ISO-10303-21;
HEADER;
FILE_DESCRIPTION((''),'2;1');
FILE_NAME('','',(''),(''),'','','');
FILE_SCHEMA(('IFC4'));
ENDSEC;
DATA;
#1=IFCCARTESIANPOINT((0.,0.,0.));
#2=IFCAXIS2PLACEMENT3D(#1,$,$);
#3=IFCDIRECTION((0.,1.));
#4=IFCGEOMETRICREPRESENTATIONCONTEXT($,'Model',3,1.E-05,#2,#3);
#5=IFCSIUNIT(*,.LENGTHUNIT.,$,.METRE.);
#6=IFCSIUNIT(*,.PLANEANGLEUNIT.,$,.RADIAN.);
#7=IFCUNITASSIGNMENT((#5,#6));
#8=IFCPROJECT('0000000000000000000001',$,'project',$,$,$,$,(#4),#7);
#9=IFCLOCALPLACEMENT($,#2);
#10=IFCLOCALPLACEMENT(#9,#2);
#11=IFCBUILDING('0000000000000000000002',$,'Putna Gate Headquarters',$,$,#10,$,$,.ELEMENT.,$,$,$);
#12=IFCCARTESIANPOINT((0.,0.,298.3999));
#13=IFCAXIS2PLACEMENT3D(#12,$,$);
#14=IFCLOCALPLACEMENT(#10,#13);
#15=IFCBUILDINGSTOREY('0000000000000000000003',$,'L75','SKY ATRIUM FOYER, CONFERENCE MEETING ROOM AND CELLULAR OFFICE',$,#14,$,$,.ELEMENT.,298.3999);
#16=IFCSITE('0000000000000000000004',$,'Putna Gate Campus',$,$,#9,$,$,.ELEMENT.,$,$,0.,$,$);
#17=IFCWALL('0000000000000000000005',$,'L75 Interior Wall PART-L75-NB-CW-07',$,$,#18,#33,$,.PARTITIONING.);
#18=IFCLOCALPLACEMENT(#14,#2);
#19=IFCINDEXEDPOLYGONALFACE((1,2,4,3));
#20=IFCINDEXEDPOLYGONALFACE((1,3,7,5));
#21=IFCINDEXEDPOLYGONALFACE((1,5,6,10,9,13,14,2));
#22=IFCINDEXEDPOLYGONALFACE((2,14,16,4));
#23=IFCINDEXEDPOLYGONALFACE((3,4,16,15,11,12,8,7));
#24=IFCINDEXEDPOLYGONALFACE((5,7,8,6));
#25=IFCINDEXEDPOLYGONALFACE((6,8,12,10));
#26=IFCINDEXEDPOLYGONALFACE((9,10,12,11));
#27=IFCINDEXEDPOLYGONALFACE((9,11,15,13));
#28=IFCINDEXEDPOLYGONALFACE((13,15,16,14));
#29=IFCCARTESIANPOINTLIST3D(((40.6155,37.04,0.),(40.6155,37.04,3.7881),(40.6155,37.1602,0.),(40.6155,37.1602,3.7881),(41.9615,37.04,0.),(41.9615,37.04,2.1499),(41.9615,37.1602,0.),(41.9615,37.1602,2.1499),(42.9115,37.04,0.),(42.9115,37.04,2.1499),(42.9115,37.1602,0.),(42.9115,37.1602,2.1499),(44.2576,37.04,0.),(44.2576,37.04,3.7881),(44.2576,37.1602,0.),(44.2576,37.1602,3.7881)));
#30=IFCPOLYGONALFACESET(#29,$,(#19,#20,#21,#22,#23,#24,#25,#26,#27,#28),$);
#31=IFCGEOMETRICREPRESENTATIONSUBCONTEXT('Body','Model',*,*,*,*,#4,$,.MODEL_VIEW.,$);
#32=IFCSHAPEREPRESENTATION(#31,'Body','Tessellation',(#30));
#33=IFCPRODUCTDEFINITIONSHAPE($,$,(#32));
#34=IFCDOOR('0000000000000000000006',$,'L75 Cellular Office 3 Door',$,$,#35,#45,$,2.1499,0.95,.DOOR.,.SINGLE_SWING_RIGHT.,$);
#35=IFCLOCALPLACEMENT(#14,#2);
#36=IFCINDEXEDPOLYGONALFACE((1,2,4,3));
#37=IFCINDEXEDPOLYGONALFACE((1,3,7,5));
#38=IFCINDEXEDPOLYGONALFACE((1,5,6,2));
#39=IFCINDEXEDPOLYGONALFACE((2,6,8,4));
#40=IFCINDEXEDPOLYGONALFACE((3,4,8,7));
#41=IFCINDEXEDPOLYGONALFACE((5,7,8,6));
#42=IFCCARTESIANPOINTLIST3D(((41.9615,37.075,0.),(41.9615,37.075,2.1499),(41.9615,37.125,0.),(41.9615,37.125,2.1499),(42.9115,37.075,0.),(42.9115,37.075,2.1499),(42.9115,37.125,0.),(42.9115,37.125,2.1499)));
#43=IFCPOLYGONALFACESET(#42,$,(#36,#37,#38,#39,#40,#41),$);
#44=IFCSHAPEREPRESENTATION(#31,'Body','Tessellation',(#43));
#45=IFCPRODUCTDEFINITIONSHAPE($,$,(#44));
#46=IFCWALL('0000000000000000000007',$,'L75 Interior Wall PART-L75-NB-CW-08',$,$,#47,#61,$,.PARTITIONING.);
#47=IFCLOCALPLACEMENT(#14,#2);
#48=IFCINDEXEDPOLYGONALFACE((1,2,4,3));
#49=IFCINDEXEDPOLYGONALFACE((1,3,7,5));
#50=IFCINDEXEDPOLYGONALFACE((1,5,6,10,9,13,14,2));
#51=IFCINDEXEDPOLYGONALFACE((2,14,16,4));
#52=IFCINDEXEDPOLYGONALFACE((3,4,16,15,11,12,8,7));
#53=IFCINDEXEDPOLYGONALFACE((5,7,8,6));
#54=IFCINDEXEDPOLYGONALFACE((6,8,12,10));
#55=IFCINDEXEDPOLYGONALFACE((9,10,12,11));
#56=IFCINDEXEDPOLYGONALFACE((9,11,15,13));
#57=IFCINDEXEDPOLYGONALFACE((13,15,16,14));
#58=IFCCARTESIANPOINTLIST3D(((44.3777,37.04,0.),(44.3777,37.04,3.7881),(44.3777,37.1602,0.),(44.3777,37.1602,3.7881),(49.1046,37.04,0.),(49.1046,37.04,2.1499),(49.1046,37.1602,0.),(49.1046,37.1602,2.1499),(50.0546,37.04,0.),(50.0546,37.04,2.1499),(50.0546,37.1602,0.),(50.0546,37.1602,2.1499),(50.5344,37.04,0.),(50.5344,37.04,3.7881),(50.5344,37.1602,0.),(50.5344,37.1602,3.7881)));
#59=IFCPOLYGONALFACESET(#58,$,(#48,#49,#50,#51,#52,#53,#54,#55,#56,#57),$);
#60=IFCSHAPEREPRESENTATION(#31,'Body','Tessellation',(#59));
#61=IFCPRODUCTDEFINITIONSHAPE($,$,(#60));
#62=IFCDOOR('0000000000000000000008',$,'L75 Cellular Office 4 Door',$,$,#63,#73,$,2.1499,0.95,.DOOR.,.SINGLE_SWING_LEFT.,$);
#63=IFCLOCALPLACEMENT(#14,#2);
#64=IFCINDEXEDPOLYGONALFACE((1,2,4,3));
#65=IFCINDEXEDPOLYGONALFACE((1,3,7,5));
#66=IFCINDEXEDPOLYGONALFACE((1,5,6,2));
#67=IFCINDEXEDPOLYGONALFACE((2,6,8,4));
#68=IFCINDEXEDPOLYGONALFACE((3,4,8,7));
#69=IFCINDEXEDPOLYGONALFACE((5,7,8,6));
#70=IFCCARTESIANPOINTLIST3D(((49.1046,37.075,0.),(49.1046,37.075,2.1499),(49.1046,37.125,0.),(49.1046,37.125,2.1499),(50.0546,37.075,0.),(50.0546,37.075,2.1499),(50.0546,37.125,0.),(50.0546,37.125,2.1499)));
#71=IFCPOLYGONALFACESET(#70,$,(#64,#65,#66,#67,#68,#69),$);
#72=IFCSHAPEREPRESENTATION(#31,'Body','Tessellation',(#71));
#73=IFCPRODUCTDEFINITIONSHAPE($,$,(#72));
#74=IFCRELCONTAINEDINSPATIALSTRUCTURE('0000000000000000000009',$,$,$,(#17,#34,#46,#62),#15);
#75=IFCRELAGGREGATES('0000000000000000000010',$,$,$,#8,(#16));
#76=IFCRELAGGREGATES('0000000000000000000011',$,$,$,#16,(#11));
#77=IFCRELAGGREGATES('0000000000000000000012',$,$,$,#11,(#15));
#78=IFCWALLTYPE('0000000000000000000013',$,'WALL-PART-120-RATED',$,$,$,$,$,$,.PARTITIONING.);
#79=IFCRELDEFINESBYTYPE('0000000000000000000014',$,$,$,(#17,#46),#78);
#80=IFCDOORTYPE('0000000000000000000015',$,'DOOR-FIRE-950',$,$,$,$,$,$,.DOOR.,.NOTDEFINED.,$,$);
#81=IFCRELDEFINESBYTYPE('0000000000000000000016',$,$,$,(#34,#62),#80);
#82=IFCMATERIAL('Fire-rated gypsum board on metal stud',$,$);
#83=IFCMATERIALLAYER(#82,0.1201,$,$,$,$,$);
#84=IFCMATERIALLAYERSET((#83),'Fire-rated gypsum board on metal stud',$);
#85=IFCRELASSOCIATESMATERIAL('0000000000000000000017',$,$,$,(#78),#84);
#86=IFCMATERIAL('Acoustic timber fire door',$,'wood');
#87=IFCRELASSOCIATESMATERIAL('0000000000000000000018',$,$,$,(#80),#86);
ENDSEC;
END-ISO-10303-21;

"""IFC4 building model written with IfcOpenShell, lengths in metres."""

from ifc_helpers import new_model, si_unit, direction, frame, frame_2d, origin, place, context, subcontext, project, spatial, rectangle, extrude, material, layer, layer_set, type_object, element, fill, save


model = new_model("IFC4")

# Units and contexts
model_context = context("Model", 3, precision=1e-05, world=origin(), true_north=direction((0.0, 1.0)))
body_context = subcontext(model_context, "Body", "Model", "MODEL_VIEW")
ifc_project = project(units=[si_unit("LENGTHUNIT", "METRE"), si_unit("PLANEANGLEUNIT", "RADIAN")], contexts=[model_context])

# Site, building, storey
site_placement = place(None, origin())
site = spatial("IfcSite", under=ifc_project, at=site_placement, Name="Putna Gate Campus", CompositionType="ELEMENT", RefElevation=0.0)
building_placement = place(site_placement, origin())
building = spatial("IfcBuilding", under=site, at=building_placement, Name="Putna Gate Headquarters", CompositionType="ELEMENT")
storey_placement = place(building_placement, frame((0.0, 0.0, 298.3999)))
storey = spatial("IfcBuildingStorey", under=building, at=storey_placement, Name="L75", Description="SKY ATRIUM FOYER, CONFERENCE MEETING ROOM AND CELLULAR OFFICE", CompositionType="ELEMENT", Elevation=298.3999)

# Walls, openings, doors
ifc_material_1 = material(Name="Fire-rated gypsum board on metal stud")
ifc_layer_1 = layer(ifc_material_1, 0.1201)
ifc_layer_set_1 = layer_set([ifc_layer_1], Name="Fire-rated gypsum board on metal stud")
wall_type_1 = type_object("IfcWallType", Name="WALL-PART-120-RATED", PredefinedType="PARTITIONING", material=ifc_layer_set_1)
wall_1_placement = place(storey_placement, frame((40.6155, 37.1001, 0.0), z_axis=(0.0, 0.0, 1.0), x_axis=(1.0, 0.0, 0.0)))
wall_1 = element("IfcWall", 1, at=wall_1_placement, inside=storey, type_object=wall_type_1, Name="L75 Interior Wall PART-L75-NB-CW-07", PredefinedType="PARTITIONING", context=body_context, shape_type="SweptSolid", body=[
    extrude(rectangle(XDim=3.6421, YDim=0.1201, at=frame_2d((1.821, 0.0))), origin(), (0.0, 0.0, 1.0), 3.7881),
])
opening_1_placement = place(wall_1_placement, frame((1.3459, 0.0, 0.0)))
opening_1 = element("IfcOpeningElement", 2, at=opening_1_placement, cuts=wall_1, PredefinedType="OPENING", context=body_context, shape_type="SweptSolid", body=[
    extrude(rectangle(XDim=0.95, YDim=2.1499, at=frame_2d((0.4751, 1.075))), frame((0.0, 0.0701, 0.0), z_axis=(0.0, -1.0, 0.0), x_axis=(1.0, 0.0, 0.0)), (0.0, 0.0, 1.0), 0.1401),
])
ifc_material_2 = material(Name="Acoustic timber fire door", Category="wood")
door_type_1 = type_object("IfcDoorType", Name="DOOR-FIRE-950", OperationType="NOTDEFINED", PredefinedType="DOOR", material=ifc_material_2)
door_1_placement = place(opening_1_placement, origin())
door_1 = element("IfcDoor", 3, at=door_1_placement, inside=storey, type_object=door_type_1, Name="L75 Cellular Office 3 Door", OperationType="SINGLE_SWING_RIGHT", OverallHeight=2.1499, OverallWidth=0.95, PredefinedType="DOOR", context=body_context, shape_type="SweptSolid", body=[
    extrude(rectangle(XDim=0.95, YDim=2.1499, at=frame_2d((0.4751, 1.075))), frame((0.0, 0.0249, 0.0), z_axis=(0.0, -1.0, 0.0), x_axis=(1.0, 0.0, 0.0)), (0.0, 0.0, 1.0), 0.05),
])
fill(opening_1, door_1)
wall_2_placement = place(storey_placement, frame((44.3777, 37.1001, 0.0), z_axis=(0.0, 0.0, 1.0), x_axis=(1.0, 0.0, 0.0)))
wall_2 = element("IfcWall", 4, at=wall_2_placement, inside=storey, type_object=wall_type_1, Name="L75 Interior Wall PART-L75-NB-CW-08", PredefinedType="PARTITIONING", context=body_context, shape_type="SweptSolid", body=[
    extrude(rectangle(XDim=6.1567, YDim=0.1201, at=frame_2d((3.0784, 0.0))), origin(), (0.0, 0.0, 1.0), 3.7881),
])
opening_2_placement = place(wall_2_placement, frame((4.7268, 0.0, 0.0)))
opening_2 = element("IfcOpeningElement", 5, at=opening_2_placement, cuts=wall_2, PredefinedType="OPENING", context=body_context, shape_type="SweptSolid", body=[
    extrude(rectangle(XDim=0.95, YDim=2.1499, at=frame_2d((0.4751, 1.075))), frame((0.0, 0.0701, 0.0), z_axis=(0.0, -1.0, 0.0), x_axis=(1.0, 0.0, 0.0)), (0.0, 0.0, 1.0), 0.1401),
])
door_2_placement = place(opening_2_placement, origin())
door_2 = element("IfcDoor", 6, at=door_2_placement, inside=storey, type_object=door_type_1, Name="L75 Cellular Office 4 Door", OperationType="SINGLE_SWING_LEFT", OverallHeight=2.1499, OverallWidth=0.95, PredefinedType="DOOR", context=body_context, shape_type="SweptSolid", body=[
    extrude(rectangle(XDim=0.95, YDim=2.1499, at=frame_2d((0.4751, 1.075))), frame((0.0, 0.0249, 0.0), z_axis=(0.0, -1.0, 0.0), x_axis=(1.0, 0.0, 0.0)), (0.0, 0.0, 1.0), 0.05),
])
fill(opening_2, door_2)

save(model, "model.ifc")
